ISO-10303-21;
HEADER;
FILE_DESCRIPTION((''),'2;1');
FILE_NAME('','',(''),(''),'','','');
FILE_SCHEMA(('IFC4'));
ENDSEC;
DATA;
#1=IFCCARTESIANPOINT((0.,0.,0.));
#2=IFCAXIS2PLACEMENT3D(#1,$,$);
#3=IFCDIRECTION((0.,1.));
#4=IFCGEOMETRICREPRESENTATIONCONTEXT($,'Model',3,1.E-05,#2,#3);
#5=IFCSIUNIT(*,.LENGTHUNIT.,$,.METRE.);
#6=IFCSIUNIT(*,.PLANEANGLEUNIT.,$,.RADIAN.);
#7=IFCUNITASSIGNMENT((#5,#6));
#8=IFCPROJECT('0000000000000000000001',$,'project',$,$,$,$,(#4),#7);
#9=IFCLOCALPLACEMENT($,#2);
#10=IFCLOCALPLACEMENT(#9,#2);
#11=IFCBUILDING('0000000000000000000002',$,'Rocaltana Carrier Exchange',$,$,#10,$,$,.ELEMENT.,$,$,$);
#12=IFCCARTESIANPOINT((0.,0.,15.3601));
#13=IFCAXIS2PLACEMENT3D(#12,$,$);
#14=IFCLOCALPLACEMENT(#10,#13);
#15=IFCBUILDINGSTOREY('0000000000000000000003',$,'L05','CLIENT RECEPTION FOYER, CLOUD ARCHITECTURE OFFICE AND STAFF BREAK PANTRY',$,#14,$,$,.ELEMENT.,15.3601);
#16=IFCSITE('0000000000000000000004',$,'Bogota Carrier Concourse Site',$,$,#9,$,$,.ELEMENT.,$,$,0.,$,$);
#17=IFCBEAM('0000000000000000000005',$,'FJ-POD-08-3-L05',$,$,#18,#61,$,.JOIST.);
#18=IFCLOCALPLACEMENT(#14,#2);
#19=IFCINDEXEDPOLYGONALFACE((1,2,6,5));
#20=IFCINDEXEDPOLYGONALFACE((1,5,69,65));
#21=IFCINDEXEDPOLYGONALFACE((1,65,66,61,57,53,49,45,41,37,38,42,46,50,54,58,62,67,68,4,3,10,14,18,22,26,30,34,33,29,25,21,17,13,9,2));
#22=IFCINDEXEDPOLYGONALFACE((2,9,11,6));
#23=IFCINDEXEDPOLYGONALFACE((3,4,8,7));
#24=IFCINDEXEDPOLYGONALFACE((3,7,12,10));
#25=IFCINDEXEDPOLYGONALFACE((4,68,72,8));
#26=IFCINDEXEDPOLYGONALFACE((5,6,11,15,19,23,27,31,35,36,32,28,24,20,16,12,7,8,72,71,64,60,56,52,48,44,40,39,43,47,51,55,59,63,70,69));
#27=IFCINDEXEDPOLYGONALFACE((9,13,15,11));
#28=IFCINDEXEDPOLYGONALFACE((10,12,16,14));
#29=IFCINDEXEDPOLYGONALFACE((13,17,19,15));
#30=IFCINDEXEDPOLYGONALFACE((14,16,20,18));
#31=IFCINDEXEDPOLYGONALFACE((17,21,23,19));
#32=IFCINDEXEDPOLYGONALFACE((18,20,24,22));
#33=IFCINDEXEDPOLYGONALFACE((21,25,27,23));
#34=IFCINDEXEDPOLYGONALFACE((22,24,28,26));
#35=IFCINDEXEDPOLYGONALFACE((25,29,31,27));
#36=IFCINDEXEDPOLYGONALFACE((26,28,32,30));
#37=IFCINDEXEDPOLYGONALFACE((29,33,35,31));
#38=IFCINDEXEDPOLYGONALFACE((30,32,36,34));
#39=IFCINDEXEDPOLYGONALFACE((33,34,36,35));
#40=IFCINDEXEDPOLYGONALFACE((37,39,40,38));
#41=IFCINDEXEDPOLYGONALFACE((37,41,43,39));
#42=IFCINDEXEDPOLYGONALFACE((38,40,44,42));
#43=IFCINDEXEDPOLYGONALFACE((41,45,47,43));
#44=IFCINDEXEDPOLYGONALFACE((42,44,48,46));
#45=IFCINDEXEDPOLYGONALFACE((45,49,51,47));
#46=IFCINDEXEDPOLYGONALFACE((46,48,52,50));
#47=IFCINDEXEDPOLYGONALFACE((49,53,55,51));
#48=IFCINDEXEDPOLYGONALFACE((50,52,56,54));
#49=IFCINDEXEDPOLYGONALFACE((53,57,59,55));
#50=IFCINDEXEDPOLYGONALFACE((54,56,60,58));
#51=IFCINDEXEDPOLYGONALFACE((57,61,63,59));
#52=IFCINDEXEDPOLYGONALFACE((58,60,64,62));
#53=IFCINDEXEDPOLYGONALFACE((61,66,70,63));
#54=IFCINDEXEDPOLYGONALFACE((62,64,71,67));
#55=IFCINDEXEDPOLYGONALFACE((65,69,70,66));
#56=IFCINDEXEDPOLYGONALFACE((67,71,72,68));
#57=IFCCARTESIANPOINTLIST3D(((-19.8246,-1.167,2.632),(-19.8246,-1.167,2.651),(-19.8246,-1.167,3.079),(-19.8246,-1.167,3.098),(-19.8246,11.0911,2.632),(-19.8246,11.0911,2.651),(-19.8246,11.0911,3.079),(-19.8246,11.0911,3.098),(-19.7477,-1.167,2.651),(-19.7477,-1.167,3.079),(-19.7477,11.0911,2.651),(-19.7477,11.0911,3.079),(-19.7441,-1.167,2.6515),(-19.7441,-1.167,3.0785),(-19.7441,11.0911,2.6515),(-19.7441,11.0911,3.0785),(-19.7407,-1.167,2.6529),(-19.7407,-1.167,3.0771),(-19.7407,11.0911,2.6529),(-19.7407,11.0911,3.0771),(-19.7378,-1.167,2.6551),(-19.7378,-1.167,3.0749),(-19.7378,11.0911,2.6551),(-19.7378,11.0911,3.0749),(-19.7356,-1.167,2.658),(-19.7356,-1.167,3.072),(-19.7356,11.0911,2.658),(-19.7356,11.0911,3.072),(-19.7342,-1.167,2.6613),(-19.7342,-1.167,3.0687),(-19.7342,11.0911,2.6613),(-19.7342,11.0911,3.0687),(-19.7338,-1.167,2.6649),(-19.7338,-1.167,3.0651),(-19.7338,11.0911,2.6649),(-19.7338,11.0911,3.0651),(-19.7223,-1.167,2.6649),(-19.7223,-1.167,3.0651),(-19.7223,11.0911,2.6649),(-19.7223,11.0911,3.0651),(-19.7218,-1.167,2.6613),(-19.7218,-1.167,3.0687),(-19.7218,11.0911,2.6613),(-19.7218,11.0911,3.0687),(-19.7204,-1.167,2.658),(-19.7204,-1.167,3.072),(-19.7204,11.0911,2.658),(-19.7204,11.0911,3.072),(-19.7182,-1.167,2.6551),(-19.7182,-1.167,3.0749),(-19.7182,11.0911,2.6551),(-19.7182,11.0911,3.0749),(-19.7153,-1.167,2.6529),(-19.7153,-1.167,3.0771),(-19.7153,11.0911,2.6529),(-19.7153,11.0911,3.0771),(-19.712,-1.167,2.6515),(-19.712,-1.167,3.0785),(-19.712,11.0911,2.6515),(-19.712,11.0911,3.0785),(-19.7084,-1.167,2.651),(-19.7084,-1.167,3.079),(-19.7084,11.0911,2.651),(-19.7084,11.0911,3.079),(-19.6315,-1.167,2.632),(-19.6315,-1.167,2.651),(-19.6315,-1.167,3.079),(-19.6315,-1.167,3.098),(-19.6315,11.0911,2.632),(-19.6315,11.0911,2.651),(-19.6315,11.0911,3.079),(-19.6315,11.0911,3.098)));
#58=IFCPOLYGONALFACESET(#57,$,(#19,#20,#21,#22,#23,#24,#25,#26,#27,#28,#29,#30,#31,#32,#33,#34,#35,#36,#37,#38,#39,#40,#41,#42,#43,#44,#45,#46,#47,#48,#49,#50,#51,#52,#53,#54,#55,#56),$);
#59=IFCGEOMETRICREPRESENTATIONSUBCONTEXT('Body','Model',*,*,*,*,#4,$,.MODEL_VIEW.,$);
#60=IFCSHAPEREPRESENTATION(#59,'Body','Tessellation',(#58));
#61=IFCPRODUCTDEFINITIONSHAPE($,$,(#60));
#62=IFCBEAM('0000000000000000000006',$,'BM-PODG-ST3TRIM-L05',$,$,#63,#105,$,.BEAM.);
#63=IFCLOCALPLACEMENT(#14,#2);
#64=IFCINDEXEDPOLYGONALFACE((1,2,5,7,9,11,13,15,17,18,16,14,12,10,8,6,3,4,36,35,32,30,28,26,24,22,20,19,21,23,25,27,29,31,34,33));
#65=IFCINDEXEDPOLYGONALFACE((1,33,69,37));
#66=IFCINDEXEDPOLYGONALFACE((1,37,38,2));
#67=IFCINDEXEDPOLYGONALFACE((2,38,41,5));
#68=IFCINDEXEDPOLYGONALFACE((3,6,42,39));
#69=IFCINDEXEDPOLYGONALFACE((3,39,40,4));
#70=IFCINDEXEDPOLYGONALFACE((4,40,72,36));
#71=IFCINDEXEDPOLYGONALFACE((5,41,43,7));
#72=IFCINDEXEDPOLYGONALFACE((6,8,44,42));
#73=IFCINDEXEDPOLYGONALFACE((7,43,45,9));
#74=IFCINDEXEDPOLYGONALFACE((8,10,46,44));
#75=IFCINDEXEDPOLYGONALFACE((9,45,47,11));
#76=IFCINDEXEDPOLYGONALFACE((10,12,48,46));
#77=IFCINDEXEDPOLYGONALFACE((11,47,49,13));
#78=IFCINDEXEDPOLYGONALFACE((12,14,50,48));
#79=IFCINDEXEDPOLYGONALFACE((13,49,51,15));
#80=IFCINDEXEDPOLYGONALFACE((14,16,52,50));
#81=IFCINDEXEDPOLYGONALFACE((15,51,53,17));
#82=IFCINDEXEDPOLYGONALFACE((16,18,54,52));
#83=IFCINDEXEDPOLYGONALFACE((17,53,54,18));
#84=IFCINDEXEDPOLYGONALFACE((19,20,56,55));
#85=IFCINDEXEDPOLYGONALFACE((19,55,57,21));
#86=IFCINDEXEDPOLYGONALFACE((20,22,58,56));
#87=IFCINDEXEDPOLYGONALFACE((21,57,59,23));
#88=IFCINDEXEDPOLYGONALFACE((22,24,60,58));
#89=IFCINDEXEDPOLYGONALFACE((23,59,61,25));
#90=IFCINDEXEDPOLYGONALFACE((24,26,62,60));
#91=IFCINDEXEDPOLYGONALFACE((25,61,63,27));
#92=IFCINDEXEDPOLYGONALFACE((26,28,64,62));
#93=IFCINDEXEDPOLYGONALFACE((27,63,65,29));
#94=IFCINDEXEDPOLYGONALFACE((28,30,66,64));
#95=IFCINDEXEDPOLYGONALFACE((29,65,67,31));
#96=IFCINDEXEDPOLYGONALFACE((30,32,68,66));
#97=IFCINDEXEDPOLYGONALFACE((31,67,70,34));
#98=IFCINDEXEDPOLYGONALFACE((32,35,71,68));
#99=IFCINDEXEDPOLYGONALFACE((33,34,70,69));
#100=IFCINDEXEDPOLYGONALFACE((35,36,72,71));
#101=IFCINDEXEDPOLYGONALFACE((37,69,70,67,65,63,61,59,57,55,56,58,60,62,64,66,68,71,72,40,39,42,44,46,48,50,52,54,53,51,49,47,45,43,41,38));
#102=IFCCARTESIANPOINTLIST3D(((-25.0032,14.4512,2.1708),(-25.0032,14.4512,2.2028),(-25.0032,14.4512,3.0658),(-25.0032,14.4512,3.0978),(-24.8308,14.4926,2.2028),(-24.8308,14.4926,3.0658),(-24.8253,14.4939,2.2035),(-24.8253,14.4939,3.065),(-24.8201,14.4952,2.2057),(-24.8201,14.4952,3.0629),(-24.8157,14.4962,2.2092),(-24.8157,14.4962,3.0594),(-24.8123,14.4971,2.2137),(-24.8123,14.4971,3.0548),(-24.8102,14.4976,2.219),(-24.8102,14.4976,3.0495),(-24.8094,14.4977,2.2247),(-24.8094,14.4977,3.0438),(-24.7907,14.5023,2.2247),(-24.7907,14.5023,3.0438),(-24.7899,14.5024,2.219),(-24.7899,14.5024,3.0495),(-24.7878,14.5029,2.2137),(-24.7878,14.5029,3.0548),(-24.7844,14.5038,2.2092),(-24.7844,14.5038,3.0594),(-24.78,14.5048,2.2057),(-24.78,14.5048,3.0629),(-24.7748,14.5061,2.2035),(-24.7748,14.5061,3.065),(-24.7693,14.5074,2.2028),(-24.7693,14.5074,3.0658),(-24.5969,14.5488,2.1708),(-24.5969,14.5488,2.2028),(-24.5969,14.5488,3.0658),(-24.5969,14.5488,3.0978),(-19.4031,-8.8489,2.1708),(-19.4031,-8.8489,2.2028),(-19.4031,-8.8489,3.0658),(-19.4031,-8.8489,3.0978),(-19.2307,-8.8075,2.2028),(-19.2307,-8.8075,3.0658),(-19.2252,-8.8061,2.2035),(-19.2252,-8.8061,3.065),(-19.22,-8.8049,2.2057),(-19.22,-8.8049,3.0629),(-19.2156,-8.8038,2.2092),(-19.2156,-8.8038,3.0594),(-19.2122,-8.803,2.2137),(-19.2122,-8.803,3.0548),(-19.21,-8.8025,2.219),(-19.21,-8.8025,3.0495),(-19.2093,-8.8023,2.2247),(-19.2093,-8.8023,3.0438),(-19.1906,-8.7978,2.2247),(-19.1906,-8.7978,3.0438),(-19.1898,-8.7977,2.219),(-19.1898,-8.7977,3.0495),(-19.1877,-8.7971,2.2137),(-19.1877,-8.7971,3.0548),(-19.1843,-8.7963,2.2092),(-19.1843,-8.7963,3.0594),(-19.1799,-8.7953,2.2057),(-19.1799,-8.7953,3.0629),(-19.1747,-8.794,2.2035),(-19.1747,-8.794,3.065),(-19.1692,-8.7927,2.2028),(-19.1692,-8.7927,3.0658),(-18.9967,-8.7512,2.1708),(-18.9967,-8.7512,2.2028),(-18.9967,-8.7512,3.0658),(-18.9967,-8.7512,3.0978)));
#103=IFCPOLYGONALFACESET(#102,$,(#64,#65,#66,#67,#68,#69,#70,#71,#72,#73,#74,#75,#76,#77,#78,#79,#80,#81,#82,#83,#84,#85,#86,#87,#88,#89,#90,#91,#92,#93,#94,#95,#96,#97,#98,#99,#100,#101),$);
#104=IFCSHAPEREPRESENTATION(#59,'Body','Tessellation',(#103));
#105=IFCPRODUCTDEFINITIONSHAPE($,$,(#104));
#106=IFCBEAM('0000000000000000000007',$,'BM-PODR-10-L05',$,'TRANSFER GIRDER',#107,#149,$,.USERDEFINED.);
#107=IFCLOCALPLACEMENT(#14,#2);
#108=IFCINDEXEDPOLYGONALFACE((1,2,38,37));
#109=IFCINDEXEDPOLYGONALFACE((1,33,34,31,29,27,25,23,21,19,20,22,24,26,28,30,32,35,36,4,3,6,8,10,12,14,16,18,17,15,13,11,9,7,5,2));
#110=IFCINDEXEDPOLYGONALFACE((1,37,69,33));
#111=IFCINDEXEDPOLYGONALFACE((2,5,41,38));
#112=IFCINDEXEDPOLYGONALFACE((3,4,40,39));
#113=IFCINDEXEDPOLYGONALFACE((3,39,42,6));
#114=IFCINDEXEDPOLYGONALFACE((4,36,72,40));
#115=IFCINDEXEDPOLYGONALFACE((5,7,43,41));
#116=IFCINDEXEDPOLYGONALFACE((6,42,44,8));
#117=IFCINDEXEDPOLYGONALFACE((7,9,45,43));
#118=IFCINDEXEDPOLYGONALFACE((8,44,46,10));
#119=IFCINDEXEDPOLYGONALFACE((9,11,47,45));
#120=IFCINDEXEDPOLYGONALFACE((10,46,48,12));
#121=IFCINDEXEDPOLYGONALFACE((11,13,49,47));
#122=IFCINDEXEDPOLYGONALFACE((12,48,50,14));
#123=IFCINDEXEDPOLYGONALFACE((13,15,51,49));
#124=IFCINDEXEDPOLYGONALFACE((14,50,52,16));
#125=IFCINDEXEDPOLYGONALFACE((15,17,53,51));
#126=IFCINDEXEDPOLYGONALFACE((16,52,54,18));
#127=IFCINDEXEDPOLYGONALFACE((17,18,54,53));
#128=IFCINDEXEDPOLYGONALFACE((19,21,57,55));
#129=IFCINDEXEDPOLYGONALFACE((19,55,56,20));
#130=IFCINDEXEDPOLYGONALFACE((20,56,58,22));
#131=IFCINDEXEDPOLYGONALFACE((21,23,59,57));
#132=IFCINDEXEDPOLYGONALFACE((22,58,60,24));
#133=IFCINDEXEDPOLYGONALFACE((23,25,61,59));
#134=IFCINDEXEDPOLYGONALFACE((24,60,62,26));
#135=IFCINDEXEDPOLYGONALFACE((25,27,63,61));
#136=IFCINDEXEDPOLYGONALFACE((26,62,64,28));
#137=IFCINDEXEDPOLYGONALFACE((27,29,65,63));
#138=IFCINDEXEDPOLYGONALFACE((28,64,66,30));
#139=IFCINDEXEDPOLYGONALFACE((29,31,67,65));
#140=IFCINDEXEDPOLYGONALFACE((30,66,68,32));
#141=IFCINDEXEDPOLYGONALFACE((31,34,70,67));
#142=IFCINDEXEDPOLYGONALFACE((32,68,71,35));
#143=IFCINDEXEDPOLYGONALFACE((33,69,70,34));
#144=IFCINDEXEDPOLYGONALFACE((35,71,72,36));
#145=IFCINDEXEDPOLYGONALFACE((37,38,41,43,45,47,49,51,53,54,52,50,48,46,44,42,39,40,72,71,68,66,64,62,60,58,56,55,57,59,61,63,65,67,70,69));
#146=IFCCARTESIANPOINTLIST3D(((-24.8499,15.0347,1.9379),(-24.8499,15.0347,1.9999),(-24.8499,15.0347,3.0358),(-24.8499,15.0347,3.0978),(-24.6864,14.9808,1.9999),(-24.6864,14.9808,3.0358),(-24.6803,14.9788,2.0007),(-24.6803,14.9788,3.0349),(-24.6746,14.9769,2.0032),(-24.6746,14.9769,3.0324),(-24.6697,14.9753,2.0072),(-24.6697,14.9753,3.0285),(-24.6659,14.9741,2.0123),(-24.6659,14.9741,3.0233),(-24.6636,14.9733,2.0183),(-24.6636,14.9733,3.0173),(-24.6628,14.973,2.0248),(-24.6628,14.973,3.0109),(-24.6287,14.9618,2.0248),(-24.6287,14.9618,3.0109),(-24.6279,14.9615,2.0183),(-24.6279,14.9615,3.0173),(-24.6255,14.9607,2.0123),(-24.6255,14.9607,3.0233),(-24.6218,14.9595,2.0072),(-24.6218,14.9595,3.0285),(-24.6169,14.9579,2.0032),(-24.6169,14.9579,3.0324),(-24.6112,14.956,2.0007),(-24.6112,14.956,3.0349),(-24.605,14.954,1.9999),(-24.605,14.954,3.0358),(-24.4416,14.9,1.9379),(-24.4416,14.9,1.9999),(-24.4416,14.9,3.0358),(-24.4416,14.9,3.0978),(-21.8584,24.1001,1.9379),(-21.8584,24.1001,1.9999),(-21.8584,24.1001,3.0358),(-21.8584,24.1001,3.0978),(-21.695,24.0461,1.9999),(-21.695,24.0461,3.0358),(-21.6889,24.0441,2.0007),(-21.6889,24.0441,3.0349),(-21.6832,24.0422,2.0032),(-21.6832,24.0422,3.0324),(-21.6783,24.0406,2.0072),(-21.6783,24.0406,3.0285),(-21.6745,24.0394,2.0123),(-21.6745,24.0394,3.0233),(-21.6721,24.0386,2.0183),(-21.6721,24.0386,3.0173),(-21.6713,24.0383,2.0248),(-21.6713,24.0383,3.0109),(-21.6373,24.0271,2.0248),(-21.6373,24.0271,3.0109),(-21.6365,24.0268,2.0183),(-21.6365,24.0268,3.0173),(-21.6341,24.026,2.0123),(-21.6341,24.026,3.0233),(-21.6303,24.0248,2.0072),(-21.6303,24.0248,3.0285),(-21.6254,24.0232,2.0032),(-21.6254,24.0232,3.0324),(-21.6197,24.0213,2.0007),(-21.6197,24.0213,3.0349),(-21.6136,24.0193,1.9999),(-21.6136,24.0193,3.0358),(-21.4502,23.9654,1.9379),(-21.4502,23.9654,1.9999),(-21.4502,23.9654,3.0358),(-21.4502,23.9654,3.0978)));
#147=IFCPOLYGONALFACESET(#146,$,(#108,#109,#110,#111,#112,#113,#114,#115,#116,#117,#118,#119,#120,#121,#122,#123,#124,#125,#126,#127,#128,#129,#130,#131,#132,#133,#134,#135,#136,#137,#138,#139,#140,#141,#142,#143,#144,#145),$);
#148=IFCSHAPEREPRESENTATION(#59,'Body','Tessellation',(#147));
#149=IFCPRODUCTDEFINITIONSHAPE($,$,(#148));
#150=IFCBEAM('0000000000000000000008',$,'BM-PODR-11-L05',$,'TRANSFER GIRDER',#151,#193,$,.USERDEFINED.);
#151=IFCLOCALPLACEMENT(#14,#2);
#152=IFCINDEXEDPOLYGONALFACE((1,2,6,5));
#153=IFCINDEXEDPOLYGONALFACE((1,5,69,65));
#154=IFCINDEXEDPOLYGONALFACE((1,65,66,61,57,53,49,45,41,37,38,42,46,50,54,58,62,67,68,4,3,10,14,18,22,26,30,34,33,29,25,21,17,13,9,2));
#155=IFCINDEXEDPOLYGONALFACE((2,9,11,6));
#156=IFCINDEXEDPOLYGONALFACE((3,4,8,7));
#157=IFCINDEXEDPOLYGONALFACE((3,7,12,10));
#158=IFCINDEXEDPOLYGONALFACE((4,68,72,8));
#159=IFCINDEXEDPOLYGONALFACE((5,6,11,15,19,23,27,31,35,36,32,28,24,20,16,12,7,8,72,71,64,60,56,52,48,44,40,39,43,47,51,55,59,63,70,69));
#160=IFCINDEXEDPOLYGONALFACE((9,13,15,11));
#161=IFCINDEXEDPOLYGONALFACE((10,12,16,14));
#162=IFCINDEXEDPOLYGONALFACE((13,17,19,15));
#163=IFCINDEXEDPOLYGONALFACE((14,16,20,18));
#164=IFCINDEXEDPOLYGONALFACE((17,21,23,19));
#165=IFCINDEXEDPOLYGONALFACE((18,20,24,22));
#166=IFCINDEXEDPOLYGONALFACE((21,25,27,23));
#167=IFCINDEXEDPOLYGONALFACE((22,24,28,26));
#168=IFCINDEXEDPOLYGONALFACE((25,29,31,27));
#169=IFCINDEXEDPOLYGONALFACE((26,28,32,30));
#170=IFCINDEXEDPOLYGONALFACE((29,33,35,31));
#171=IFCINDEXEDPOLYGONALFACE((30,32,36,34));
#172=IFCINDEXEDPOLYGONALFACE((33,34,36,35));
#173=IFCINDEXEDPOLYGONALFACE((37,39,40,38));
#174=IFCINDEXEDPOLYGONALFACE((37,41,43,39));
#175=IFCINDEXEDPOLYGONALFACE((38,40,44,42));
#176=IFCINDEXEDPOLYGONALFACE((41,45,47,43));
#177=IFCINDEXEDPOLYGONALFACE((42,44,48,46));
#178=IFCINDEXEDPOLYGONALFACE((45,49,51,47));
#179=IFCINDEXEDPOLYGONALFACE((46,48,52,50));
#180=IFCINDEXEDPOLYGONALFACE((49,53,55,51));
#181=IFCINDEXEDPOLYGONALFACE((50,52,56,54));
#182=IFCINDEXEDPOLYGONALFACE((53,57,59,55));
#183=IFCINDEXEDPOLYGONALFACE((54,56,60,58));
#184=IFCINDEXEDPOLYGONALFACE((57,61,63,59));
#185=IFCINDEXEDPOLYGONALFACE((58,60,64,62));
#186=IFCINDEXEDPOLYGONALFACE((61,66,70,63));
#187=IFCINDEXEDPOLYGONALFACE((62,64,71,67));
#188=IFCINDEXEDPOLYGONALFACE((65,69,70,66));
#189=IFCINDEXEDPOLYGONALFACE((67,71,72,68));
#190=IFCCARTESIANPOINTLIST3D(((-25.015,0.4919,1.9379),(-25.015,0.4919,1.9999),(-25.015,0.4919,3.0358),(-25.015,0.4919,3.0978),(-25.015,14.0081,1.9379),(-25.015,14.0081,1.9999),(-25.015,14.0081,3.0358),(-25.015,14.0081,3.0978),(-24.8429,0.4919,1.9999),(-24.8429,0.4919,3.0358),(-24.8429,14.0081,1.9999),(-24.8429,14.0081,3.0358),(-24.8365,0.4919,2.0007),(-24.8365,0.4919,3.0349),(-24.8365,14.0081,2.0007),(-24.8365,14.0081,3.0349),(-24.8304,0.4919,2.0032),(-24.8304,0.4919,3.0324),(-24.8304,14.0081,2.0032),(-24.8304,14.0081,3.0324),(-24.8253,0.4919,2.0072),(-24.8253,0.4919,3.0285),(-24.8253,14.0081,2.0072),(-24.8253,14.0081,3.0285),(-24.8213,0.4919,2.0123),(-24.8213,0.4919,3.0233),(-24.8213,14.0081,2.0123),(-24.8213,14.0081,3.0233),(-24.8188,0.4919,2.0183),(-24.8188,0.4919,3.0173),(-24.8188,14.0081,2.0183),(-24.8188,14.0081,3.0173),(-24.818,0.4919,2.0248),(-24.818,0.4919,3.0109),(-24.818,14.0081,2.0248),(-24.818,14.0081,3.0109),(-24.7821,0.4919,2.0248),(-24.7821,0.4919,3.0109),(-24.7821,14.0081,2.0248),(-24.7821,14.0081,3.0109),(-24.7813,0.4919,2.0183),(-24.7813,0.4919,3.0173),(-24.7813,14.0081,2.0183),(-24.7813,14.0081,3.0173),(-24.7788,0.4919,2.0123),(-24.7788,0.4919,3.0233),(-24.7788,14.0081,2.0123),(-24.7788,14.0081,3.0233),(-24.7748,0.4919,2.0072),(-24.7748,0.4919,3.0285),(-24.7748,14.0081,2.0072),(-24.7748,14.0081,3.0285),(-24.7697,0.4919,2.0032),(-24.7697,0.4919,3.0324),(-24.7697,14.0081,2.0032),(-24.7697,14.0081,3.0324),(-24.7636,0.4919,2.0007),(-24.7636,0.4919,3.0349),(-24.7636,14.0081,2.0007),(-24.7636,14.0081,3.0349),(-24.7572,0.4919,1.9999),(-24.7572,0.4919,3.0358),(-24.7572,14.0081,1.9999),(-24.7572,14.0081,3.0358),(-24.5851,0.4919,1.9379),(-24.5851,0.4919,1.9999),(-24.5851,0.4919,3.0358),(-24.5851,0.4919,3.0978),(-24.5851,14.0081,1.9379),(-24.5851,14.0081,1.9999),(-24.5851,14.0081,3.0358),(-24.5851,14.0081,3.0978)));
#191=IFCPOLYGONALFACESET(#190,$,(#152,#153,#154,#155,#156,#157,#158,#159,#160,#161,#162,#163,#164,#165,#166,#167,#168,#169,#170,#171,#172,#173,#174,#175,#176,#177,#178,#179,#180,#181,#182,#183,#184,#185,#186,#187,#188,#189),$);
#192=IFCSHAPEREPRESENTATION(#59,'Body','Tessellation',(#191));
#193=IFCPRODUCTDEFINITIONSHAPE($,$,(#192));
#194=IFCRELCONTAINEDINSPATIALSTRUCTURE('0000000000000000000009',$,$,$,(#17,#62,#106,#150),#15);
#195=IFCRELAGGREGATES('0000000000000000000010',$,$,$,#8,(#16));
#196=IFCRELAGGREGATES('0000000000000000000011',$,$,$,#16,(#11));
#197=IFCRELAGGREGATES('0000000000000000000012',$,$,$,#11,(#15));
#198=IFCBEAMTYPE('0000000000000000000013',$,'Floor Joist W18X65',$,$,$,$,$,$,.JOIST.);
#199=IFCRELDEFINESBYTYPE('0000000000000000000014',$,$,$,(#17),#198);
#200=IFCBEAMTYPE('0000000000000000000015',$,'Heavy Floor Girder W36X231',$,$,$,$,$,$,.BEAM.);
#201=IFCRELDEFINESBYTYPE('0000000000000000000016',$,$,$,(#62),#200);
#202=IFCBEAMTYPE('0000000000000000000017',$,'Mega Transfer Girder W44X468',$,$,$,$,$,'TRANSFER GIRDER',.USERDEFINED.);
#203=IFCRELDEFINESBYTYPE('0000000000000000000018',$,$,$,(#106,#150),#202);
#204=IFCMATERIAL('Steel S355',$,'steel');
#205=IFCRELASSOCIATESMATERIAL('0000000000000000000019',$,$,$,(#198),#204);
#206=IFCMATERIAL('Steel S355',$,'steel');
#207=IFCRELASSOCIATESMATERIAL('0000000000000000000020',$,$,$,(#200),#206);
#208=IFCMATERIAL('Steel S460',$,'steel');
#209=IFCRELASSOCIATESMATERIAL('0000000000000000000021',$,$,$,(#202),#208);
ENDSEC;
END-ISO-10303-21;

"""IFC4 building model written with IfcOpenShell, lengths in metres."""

from ifc_helpers import new_model, si_unit, direction, frame, origin, origin_2d, place, context, subcontext, project, spatial, i_section, extrude, material, material_profile, profile_set, type_object, element, save


model = new_model("IFC4")

# Units and contexts
model_context = context("Model", 3, precision=1e-05, world=origin(), true_north=direction((0.0, 1.0)))
body_context = subcontext(model_context, "Body", "Model", "MODEL_VIEW")
ifc_project = project(units=[si_unit("LENGTHUNIT", "METRE"), si_unit("PLANEANGLEUNIT", "RADIAN")], contexts=[model_context])

# Site, building, storey
site_placement = place(None, origin())
site = spatial("IfcSite", under=ifc_project, at=site_placement, Name="Bogota Carrier Concourse Site", CompositionType="ELEMENT", RefElevation=0.0)
building_placement = place(site_placement, origin())
building = spatial("IfcBuilding", under=site, at=building_placement, Name="Rocaltana Carrier Exchange", CompositionType="ELEMENT")
storey_placement = place(building_placement, frame((0.0, 0.0, 15.3601)))
storey = spatial("IfcBuildingStorey", under=building, at=storey_placement, Name="L05", Description="CLIENT RECEPTION FOYER, CLOUD ARCHITECTURE OFFICE AND STAFF BREAK PANTRY", CompositionType="ELEMENT", Elevation=15.3601)

# Beams
ifc_material_1 = material(Name="Steel S355", Category="steel")
ifc_material_profile_1 = material_profile(ifc_material_1, i_section(OverallWidth=0.1931, OverallDepth=0.4661, WebThickness=0.0115, FlangeThickness=0.019, FilletRadius=0.0139, at=origin_2d()), Name="W18X65")
ifc_profile_set_1 = profile_set([ifc_material_profile_1], Name="Steel S355")
beam_type_1 = type_object("IfcBeamType", Name="Floor Joist W18X65", PredefinedType="JOIST", material=ifc_profile_set_1)
beam_1_placement = place(storey_placement, frame((-19.728, 11.0911, 2.865), z_axis=(0.0, -1.0, 0.0), x_axis=(1.0, 0.0, 0.0)))
element("IfcBeam", 1, at=beam_1_placement, inside=storey, type_object=beam_type_1, Name="FJ-POD-08-3-L05", PredefinedType="JOIST", context=body_context, shape_type="SweptSolid", body=[
    extrude(i_section(OverallWidth=0.1931, OverallDepth=0.4661, WebThickness=0.0115, FlangeThickness=0.019, FilletRadius=0.0139, at=origin_2d()), origin(), (0.0, 0.0, 1.0), 12.2581),
])
ifc_material_2 = material(Name="Steel S355", Category="steel")
ifc_material_profile_2 = material_profile(ifc_material_2, i_section(OverallWidth=0.418, OverallDepth=0.927, WebThickness=0.0193, FlangeThickness=0.032, FilletRadius=0.022, at=origin_2d()), Name="W36X231")
ifc_profile_set_2 = profile_set([ifc_material_profile_2], Name="Steel S355")
beam_type_2 = type_object("IfcBeamType", Name="Heavy Floor Girder W36X231", PredefinedType="BEAM", material=ifc_profile_set_2)
beam_2_placement = place(storey_placement, frame((-24.8, 14.5, 2.6343), z_axis=(0.233692, -0.972311, 0.0), x_axis=(0.972311, 0.233692, 0.0)))
element("IfcBeam", 2, at=beam_2_placement, inside=storey, type_object=beam_type_2, Name="BM-PODG-ST3TRIM-L05", PredefinedType="BEAM", context=body_context, shape_type="SweptSolid", body=[
    extrude(i_section(OverallWidth=0.418, OverallDepth=0.927, WebThickness=0.0193, FlangeThickness=0.032, FilletRadius=0.022, at=origin_2d()), origin(), (0.0, 0.0, 1.0), 23.9636),
])
ifc_material_3 = material(Name="Steel S460", Category="steel")
ifc_material_profile_3 = material_profile(ifc_material_3, i_section(OverallWidth=0.4299, OverallDepth=1.1599, WebThickness=0.0359, FlangeThickness=0.062, FilletRadius=0.0249, at=origin_2d()), Name="W44X468")
ifc_profile_set_3 = profile_set([ifc_material_profile_3], Name="Steel S460")
beam_type_3 = type_object("IfcBeamType", Name="Mega Transfer Girder W44X468", ElementType="TRANSFER GIRDER", PredefinedType="USERDEFINED", material=ifc_profile_set_3)
beam_3_placement = place(storey_placement, frame((-21.6543, 24.0327, 2.5178), z_axis=(-0.313365, -0.949633, 0.0), x_axis=(0.949633, -0.313365, 0.0)))
element("IfcBeam", 3, at=beam_3_placement, inside=storey, type_object=beam_type_3, Name="BM-PODR-10-L05", ObjectType="TRANSFER GIRDER", PredefinedType="USERDEFINED", context=body_context, shape_type="SweptSolid", body=[
    extrude(i_section(OverallWidth=0.4299, OverallDepth=1.1599, WebThickness=0.0359, FlangeThickness=0.062, FilletRadius=0.0249, at=origin_2d()), origin(), (0.0, 0.0, 1.0), 9.5461),
])
beam_4_placement = place(storey_placement, frame((-24.8, 14.0081, 2.5178), z_axis=(0.0, -1.0, 0.0), x_axis=(1.0, 0.0, 0.0)))
element("IfcBeam", 4, at=beam_4_placement, inside=storey, type_object=beam_type_3, Name="BM-PODR-11-L05", ObjectType="TRANSFER GIRDER", PredefinedType="USERDEFINED", context=body_context, shape_type="SweptSolid", body=[
    extrude(i_section(OverallWidth=0.4299, OverallDepth=1.1599, WebThickness=0.0359, FlangeThickness=0.062, FilletRadius=0.0249, at=origin_2d()), origin(), (0.0, 0.0, 1.0), 13.5161),
])

save(model, "model.ifc")
